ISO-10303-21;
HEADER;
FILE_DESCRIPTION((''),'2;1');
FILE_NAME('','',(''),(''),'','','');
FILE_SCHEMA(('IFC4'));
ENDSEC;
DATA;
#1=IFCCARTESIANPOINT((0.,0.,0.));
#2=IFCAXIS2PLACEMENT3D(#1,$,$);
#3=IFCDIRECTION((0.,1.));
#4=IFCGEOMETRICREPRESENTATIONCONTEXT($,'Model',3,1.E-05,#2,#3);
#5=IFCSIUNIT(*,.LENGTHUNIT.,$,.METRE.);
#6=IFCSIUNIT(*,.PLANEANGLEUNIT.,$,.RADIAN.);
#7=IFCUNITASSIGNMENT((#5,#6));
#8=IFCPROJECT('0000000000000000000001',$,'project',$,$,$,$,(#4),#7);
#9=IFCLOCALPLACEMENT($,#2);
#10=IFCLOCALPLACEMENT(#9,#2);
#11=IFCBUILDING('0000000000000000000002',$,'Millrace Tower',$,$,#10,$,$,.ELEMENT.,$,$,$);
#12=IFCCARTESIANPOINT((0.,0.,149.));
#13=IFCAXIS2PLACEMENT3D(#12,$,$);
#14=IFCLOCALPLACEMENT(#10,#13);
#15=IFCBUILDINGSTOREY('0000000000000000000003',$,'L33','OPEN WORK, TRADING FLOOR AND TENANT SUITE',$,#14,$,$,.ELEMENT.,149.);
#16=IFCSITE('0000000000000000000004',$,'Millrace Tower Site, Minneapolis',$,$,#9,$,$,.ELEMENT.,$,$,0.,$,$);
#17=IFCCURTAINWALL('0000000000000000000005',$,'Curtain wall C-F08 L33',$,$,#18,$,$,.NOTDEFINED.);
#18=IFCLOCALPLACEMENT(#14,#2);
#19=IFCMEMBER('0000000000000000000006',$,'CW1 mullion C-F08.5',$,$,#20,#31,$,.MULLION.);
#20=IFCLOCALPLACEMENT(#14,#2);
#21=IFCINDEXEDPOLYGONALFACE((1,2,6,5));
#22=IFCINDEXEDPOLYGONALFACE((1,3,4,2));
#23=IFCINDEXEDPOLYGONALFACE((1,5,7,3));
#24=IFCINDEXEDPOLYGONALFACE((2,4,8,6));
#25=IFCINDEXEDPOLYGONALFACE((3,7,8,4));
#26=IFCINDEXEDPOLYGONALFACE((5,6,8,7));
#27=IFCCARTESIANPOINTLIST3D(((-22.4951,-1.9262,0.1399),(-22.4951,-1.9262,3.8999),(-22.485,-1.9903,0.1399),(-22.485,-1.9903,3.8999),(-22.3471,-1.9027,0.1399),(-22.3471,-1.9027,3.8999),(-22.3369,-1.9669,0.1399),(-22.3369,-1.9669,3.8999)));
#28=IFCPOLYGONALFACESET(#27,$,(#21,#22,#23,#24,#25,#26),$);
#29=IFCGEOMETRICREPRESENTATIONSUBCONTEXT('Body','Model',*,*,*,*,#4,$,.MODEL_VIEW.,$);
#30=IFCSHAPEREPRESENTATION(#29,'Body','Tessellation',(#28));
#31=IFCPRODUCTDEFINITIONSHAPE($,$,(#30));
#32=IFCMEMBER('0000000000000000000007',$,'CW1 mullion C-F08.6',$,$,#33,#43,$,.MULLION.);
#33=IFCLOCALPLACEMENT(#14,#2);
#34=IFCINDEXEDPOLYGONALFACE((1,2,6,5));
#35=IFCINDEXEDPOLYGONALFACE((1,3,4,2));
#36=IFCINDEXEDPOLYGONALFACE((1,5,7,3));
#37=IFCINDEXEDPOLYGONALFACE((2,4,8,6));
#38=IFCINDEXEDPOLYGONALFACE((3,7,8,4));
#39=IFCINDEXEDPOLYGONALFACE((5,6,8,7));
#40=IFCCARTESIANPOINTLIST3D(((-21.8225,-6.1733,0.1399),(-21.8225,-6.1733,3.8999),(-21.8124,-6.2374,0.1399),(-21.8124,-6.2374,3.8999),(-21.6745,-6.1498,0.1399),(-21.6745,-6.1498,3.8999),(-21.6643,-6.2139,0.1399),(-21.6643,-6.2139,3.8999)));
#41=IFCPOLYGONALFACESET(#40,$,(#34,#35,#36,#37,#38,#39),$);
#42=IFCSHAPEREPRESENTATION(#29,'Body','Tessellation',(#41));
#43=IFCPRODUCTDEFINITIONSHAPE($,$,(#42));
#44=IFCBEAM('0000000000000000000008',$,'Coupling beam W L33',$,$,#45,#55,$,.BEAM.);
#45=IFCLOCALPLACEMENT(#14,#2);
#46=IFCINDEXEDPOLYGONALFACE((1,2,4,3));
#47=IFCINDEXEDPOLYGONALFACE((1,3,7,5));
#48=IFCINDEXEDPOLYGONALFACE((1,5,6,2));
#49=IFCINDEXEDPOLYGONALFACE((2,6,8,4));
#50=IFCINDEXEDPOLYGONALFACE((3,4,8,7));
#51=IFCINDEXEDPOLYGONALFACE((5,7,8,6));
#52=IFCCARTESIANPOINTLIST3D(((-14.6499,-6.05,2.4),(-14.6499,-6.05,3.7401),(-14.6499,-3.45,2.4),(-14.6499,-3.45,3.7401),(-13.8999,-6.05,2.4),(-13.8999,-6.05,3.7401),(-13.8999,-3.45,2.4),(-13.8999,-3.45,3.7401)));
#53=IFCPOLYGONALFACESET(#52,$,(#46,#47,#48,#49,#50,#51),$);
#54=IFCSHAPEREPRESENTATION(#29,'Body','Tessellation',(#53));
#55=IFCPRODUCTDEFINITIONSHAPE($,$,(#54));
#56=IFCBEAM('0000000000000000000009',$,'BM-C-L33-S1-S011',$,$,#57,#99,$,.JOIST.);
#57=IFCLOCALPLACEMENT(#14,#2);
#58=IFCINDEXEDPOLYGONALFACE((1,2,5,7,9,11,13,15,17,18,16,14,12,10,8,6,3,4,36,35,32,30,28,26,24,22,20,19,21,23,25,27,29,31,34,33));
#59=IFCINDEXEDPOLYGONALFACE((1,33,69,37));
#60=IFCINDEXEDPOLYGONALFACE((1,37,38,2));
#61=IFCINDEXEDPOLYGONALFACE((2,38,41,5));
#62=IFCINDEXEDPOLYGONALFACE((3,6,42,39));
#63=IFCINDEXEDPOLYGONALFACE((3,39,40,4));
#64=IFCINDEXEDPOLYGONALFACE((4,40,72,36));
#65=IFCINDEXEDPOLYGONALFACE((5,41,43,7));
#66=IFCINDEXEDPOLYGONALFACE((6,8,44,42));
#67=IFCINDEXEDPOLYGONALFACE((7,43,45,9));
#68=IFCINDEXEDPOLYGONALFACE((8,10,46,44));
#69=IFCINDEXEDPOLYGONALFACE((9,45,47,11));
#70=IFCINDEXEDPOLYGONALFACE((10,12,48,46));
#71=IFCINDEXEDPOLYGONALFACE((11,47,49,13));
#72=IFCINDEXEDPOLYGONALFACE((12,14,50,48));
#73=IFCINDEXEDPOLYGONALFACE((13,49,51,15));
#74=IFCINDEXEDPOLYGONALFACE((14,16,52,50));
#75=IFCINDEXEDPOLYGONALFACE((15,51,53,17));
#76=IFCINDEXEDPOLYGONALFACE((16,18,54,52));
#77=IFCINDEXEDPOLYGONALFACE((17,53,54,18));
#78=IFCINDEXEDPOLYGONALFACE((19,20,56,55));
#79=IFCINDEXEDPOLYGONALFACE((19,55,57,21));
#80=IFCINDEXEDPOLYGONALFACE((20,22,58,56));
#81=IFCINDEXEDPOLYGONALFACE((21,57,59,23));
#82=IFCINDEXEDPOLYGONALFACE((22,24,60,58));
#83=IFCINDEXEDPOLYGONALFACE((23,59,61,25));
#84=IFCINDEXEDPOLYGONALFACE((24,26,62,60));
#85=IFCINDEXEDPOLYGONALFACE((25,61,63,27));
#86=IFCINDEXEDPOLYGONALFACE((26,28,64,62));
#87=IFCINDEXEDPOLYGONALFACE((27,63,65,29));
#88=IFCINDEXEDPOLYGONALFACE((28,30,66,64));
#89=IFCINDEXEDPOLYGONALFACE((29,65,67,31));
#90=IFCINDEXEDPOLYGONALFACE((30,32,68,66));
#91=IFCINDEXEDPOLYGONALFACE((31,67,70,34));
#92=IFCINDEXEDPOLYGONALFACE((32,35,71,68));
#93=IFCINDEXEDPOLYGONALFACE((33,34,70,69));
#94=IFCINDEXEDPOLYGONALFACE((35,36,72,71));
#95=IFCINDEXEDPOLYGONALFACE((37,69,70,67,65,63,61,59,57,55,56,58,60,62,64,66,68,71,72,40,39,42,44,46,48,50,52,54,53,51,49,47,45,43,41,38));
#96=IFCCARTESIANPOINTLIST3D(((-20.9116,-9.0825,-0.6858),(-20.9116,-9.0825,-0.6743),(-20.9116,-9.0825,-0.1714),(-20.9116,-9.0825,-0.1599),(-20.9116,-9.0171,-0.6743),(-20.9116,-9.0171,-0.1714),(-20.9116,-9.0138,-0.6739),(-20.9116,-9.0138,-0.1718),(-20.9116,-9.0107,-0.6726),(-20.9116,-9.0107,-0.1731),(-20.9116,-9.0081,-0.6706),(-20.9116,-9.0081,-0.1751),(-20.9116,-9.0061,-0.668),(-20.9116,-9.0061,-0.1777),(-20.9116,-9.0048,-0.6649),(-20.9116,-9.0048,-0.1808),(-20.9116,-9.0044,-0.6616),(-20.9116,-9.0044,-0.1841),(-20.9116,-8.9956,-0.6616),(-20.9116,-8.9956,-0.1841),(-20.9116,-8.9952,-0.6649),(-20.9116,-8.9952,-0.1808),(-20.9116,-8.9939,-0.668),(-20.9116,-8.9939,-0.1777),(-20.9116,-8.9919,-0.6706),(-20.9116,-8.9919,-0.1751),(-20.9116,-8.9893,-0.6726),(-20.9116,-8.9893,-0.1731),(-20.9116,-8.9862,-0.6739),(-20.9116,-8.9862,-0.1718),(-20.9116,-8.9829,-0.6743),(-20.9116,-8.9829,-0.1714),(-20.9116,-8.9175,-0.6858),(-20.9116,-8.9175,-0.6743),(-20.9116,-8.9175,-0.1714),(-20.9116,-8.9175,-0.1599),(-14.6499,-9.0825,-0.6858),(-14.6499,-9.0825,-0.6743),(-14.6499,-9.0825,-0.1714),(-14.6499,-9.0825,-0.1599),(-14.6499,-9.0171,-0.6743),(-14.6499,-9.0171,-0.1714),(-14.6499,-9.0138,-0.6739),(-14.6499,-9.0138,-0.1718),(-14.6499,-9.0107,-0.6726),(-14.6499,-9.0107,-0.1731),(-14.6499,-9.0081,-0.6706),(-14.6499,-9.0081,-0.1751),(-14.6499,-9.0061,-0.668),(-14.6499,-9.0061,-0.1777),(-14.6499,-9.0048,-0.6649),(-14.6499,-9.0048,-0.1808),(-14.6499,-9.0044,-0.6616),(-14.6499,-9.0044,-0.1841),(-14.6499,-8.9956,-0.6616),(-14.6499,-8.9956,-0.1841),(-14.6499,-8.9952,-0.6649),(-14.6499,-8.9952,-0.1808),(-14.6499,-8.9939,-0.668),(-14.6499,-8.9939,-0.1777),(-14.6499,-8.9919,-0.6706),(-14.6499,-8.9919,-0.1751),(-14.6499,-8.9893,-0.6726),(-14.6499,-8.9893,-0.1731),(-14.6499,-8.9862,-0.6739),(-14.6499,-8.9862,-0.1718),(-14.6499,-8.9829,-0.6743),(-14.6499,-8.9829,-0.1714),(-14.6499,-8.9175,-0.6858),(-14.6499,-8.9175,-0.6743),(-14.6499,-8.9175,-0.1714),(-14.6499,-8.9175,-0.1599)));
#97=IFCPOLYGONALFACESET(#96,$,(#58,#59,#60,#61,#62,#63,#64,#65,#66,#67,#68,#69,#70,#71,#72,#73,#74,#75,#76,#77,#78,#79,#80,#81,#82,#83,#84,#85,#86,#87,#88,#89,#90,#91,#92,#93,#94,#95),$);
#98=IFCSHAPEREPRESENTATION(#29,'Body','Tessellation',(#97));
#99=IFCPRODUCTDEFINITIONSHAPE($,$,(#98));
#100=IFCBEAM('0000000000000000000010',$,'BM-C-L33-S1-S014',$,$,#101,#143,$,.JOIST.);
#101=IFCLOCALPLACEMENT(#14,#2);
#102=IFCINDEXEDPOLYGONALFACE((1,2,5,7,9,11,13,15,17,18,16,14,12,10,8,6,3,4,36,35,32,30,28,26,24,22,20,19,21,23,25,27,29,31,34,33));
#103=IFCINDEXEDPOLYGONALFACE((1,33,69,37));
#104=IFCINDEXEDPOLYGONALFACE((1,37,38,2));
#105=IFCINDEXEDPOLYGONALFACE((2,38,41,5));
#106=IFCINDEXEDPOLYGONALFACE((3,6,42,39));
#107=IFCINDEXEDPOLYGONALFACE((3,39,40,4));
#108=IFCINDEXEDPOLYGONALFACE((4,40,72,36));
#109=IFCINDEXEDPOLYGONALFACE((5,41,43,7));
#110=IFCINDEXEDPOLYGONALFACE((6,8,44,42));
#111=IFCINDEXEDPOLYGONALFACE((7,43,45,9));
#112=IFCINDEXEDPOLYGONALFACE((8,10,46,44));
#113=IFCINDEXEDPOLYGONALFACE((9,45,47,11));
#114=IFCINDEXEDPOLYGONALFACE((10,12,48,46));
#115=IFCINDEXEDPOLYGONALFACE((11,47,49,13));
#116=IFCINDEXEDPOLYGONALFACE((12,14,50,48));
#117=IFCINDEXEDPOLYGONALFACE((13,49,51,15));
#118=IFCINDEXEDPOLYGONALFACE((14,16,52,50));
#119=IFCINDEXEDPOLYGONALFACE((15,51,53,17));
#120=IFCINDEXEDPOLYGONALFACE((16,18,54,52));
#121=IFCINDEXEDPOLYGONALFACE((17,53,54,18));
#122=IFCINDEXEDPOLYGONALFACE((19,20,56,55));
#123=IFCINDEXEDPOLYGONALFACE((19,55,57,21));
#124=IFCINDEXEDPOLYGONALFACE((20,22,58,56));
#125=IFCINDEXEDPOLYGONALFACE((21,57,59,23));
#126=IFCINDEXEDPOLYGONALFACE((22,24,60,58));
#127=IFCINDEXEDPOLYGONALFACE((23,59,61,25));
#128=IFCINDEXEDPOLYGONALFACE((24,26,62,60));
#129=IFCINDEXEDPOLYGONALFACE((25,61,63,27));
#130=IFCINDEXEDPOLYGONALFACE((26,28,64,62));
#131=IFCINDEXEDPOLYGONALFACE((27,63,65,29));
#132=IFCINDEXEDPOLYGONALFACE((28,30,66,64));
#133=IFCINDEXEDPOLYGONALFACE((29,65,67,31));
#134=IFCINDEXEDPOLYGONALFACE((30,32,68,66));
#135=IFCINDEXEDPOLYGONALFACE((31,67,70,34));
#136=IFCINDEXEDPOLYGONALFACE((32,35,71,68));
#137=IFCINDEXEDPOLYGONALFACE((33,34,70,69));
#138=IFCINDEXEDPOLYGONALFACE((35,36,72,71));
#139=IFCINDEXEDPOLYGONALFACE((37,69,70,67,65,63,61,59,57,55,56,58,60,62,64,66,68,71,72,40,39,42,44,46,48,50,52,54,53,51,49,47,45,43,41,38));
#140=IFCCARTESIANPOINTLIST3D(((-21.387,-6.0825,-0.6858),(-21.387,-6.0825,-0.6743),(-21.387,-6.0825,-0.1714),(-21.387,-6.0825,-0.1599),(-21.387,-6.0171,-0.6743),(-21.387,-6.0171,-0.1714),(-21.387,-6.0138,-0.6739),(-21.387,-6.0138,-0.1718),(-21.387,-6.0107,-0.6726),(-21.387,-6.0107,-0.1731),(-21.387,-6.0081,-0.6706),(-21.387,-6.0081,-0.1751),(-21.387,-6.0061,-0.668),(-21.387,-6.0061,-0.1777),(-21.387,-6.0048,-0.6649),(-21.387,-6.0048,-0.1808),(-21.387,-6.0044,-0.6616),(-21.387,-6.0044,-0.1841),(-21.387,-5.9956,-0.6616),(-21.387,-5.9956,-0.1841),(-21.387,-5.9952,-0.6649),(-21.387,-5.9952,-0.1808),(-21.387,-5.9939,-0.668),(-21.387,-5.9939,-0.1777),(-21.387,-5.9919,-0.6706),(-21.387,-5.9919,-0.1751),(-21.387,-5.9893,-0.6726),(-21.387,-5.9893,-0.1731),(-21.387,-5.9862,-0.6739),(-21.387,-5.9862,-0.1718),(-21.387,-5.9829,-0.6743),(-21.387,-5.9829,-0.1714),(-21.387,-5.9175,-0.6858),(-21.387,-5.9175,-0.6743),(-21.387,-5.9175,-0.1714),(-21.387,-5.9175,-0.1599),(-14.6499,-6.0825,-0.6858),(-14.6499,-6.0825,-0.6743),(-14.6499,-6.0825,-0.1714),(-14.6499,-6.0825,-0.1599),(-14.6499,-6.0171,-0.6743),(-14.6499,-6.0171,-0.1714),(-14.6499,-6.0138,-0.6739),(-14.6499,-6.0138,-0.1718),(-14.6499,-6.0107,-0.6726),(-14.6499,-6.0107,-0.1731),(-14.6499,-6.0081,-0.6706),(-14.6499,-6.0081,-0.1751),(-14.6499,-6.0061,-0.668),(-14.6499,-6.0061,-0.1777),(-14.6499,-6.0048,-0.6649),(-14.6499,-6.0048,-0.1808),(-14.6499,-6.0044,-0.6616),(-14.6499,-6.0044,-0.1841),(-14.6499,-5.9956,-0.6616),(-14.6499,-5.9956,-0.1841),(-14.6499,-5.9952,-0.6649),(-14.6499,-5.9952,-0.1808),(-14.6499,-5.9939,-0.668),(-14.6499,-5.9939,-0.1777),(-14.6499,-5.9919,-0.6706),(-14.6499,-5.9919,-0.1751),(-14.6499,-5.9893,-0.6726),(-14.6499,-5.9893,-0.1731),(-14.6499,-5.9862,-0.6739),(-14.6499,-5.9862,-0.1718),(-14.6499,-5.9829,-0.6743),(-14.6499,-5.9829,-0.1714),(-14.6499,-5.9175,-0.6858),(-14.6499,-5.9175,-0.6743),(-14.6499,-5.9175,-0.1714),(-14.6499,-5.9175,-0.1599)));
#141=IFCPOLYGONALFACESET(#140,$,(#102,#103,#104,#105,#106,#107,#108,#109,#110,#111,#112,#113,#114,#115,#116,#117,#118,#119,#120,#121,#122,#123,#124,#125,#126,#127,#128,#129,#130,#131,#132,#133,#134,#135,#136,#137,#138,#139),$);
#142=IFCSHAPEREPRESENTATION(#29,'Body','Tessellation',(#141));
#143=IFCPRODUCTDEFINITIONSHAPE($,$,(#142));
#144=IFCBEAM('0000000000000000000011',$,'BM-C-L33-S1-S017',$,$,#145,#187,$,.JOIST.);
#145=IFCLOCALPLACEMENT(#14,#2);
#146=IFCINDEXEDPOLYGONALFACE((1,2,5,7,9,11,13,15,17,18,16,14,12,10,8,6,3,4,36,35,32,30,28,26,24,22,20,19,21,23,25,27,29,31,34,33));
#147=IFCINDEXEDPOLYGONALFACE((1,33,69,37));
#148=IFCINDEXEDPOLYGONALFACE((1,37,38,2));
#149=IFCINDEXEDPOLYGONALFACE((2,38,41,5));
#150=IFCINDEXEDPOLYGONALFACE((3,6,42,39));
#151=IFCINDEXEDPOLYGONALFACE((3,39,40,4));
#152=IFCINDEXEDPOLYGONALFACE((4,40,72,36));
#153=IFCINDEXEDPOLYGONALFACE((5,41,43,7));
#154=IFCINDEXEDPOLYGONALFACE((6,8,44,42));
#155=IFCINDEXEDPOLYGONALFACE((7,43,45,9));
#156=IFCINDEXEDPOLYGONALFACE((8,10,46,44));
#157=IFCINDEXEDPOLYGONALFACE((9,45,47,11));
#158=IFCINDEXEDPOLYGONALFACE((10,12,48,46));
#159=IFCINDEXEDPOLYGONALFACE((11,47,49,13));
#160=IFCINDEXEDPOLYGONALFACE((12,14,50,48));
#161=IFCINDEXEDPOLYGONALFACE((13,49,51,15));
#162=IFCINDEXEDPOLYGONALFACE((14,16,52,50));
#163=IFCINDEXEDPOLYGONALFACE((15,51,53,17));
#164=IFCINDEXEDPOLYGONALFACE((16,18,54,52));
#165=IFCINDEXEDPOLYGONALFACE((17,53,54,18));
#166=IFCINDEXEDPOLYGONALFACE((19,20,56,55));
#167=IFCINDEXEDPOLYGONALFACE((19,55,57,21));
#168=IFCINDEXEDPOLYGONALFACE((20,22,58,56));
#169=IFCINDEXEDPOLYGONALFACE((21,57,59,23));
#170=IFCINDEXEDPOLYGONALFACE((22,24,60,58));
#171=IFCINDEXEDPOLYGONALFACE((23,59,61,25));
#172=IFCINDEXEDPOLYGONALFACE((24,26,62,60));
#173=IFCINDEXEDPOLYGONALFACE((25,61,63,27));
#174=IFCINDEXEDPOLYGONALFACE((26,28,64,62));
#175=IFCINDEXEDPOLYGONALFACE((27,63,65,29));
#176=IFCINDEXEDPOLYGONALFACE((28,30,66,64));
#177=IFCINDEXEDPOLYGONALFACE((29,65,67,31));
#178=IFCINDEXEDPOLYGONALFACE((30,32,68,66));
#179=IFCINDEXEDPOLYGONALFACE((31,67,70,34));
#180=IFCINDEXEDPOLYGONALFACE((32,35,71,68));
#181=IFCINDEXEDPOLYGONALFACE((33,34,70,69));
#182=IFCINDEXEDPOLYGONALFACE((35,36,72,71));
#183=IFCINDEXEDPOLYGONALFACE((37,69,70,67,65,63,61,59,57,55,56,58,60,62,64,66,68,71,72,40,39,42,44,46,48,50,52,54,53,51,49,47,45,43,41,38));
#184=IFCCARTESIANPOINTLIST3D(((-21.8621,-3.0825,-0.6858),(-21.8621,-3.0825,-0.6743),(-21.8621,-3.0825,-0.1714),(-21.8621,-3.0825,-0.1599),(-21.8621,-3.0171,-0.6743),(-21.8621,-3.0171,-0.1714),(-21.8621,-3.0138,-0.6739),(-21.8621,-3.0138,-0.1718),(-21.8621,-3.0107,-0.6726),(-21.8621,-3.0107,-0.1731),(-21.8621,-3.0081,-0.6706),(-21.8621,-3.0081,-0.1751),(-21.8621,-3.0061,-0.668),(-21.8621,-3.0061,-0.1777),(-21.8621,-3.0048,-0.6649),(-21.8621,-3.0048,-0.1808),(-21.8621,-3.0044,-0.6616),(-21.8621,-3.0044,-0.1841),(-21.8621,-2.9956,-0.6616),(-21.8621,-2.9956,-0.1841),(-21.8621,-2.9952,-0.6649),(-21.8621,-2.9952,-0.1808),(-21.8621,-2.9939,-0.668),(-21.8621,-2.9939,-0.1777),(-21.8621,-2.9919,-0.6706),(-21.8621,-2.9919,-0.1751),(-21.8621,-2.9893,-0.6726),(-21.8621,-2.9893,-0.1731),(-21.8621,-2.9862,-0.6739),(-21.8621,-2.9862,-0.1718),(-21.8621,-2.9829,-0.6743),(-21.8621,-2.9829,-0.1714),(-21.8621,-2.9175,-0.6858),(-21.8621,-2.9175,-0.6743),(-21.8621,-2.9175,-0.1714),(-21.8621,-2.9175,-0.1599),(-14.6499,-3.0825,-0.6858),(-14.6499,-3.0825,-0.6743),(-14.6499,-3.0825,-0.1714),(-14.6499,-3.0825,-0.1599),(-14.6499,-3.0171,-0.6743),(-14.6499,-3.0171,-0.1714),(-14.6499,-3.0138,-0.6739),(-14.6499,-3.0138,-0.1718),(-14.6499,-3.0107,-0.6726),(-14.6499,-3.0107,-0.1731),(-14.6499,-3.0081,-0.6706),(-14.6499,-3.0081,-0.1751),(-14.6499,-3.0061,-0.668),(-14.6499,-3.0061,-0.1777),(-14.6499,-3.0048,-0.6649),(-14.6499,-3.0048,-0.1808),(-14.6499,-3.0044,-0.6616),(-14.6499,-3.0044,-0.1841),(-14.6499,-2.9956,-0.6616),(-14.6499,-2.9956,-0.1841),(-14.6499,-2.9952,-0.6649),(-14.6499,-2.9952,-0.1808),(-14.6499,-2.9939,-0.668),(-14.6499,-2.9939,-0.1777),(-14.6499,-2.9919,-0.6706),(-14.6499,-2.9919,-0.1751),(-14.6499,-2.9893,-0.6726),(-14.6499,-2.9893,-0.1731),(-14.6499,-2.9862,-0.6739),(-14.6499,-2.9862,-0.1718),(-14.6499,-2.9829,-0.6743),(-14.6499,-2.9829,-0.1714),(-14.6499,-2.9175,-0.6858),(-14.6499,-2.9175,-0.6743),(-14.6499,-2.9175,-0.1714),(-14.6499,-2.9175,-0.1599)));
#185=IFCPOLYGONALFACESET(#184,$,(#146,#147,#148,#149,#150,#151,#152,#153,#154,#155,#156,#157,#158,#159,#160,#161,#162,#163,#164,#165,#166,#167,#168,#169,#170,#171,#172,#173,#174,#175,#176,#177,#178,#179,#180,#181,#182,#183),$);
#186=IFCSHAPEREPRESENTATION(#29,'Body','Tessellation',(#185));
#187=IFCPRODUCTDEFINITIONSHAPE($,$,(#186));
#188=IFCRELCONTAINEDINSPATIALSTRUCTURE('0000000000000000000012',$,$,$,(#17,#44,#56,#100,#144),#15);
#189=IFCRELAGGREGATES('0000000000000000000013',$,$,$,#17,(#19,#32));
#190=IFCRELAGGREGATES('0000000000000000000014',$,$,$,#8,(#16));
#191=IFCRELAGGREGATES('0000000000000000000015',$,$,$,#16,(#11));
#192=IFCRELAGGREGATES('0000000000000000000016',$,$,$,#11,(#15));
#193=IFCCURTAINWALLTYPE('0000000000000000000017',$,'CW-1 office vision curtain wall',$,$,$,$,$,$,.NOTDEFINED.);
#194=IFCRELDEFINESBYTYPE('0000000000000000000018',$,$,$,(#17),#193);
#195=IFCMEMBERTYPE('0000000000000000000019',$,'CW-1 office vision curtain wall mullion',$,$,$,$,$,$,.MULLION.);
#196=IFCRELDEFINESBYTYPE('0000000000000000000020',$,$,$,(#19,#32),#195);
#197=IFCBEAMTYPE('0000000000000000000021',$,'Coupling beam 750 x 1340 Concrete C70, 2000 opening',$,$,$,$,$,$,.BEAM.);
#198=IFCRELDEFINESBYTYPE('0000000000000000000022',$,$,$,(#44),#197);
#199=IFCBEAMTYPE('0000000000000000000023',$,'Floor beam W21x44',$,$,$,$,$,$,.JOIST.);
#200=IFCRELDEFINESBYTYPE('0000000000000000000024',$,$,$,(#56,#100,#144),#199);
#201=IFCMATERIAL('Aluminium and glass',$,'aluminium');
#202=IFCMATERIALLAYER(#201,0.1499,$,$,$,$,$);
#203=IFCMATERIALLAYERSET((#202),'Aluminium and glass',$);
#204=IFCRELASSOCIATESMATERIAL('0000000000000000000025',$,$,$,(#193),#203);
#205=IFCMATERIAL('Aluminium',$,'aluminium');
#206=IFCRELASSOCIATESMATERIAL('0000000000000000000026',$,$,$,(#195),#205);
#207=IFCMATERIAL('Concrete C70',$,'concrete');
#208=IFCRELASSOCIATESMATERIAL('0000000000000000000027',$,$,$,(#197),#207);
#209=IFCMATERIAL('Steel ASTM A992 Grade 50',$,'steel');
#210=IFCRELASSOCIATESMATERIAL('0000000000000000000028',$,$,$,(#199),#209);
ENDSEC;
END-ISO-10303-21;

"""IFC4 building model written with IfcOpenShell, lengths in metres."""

from ifc_helpers import new_model, si_unit, direction, frame, origin, origin_2d, place, context, subcontext, project, spatial, rectangle, i_section, extrude, material, layer, layer_set, material_profile, profile_set, type_object, element, aggregate, save


model = new_model("IFC4")

# Units and contexts
model_context = context("Model", 3, precision=1e-05, world=origin(), true_north=direction((0.0, 1.0)))
body_context = subcontext(model_context, "Body", "Model", "MODEL_VIEW")
ifc_project = project(units=[si_unit("LENGTHUNIT", "METRE"), si_unit("PLANEANGLEUNIT", "RADIAN")], contexts=[model_context])

# Site, building, storey
site_placement = place(None, origin())
site = spatial("IfcSite", under=ifc_project, at=site_placement, Name="Millrace Tower Site, Minneapolis", CompositionType="ELEMENT", RefElevation=0.0)
building_placement = place(site_placement, origin())
building = spatial("IfcBuilding", under=site, at=building_placement, Name="Millrace Tower", CompositionType="ELEMENT")
storey_placement = place(building_placement, frame((0.0, 0.0, 149.0)))
storey = spatial("IfcBuildingStorey", under=building, at=storey_placement, Name="L33", Description="OPEN WORK, TRADING FLOOR AND TENANT SUITE", CompositionType="ELEMENT", Elevation=149.0)

# Curtain wall, members
ifc_material_1 = material(Name="Aluminium and glass", Category="aluminium")
ifc_layer_1 = layer(ifc_material_1, 0.1499)
ifc_layer_set_1 = layer_set([ifc_layer_1], Name="Aluminium and glass")
curtain_wall_type = type_object("IfcCurtainWallType", Name="CW-1 office vision curtain wall", PredefinedType="NOTDEFINED", material=ifc_layer_set_1)
curtain_wall_placement = place(storey_placement, origin())
curtain_wall = element("IfcCurtainWall", 1, at=curtain_wall_placement, inside=storey, type_object=curtain_wall_type, Name="Curtain wall C-F08 L33", PredefinedType="NOTDEFINED")
ifc_material_2 = material(Name="Aluminium", Category="aluminium")
ifc_material_profile_1 = material_profile(ifc_material_2, rectangle(XDim=0.0649, YDim=0.1499, at=origin_2d()))
ifc_profile_set_1 = profile_set([ifc_material_profile_1], Name="Aluminium")
member_type = type_object("IfcMemberType", Name="CW-1 office vision curtain wall mullion", PredefinedType="MULLION", material=ifc_profile_set_1)
member_1_placement = place(storey_placement, frame((-22.416, -1.9465, 0.1399), z_axis=(0.0, 0.0, 1.0), x_axis=(0.156434, -0.987688, 0.0)))
member_1 = element("IfcMember", 2, at=member_1_placement, type_object=member_type, Name="CW1 mullion C-F08.5", PredefinedType="MULLION", context=body_context, shape_type="SweptSolid", body=[
    extrude(rectangle(XDim=0.0649, YDim=0.1499, at=origin_2d()), origin(), (0.0, 0.0, 1.0), 3.76),
])
member_2_placement = place(storey_placement, frame((-21.7434, -6.1936, 0.1399), z_axis=(0.0, 0.0, 1.0), x_axis=(0.156434, -0.987688, 0.0)))
member_2 = element("IfcMember", 3, at=member_2_placement, type_object=member_type, Name="CW1 mullion C-F08.6", PredefinedType="MULLION", context=body_context, shape_type="SweptSolid", body=[
    extrude(rectangle(XDim=0.0649, YDim=0.1499, at=origin_2d()), origin(), (0.0, 0.0, 1.0), 3.76),
])
aggregate(curtain_wall, [member_1, member_2])

# Beams
ifc_material_3 = material(Name="Concrete C70", Category="concrete")
ifc_material_profile_2 = material_profile(ifc_material_3, rectangle(XDim=0.75, YDim=1.3401, at=origin_2d()))
ifc_profile_set_2 = profile_set([ifc_material_profile_2], Name="Concrete C70")
beam_type_1 = type_object("IfcBeamType", Name="Coupling beam 750 x 1340 Concrete C70, 2000 opening", PredefinedType="BEAM", material=ifc_profile_set_2)
beam_1_placement = place(storey_placement, frame((-14.2749, -6.05, 3.0701), z_axis=(0.0, 1.0, 0.0), x_axis=(-1.0, 0.0, 0.0)))
element("IfcBeam", 4, at=beam_1_placement, inside=storey, type_object=beam_type_1, Name="Coupling beam W L33", PredefinedType="BEAM", context=body_context, shape_type="SweptSolid", body=[
    extrude(rectangle(XDim=0.75, YDim=1.3401, at=origin_2d()), origin(), (0.0, 0.0, 1.0), 2.6001),
])
ifc_material_4 = material(Name="Steel ASTM A992 Grade 50", Category="steel")
ifc_material_profile_3 = material_profile(ifc_material_4, i_section(OverallWidth=0.165, OverallDepth=0.5259, WebThickness=0.0088, FlangeThickness=0.0115, FilletRadius=0.0127, at=origin_2d()))
ifc_profile_set_3 = profile_set([ifc_material_profile_3], Name="Steel ASTM A992 Grade 50")
beam_type_2 = type_object("IfcBeamType", Name="Floor beam W21x44", PredefinedType="JOIST", material=ifc_profile_set_3)
beam_2_placement = place(storey_placement, frame((-20.9116, -9.0, -0.4229), z_axis=(1.0, 0.0, 0.0), x_axis=(0.0, 1.0, 0.0)))
element("IfcBeam", 5, at=beam_2_placement, inside=storey, type_object=beam_type_2, Name="BM-C-L33-S1-S011", PredefinedType="JOIST", context=body_context, shape_type="SweptSolid", body=[
    extrude(i_section(OverallWidth=0.165, OverallDepth=0.5259, WebThickness=0.0088, FlangeThickness=0.0115, FilletRadius=0.0127, at=origin_2d()), origin(), (0.0, 0.0, 1.0), 6.2617),
])
beam_3_placement = place(storey_placement, frame((-21.387, -6.0, -0.4229), z_axis=(1.0, 0.0, 0.0), x_axis=(0.0, 1.0, 0.0)))
element("IfcBeam", 6, at=beam_3_placement, inside=storey, type_object=beam_type_2, Name="BM-C-L33-S1-S014", PredefinedType="JOIST", context=body_context, shape_type="SweptSolid", body=[
    extrude(i_section(OverallWidth=0.165, OverallDepth=0.5259, WebThickness=0.0088, FlangeThickness=0.0115, FilletRadius=0.0127, at=origin_2d()), origin(), (0.0, 0.0, 1.0), 6.7371),
])
beam_4_placement = place(storey_placement, frame((-21.8621, -3.0, -0.4229), z_axis=(1.0, 0.0, 0.0), x_axis=(0.0, 1.0, 0.0)))
element("IfcBeam", 7, at=beam_4_placement, inside=storey, type_object=beam_type_2, Name="BM-C-L33-S1-S017", PredefinedType="JOIST", context=body_context, shape_type="SweptSolid", body=[
    extrude(i_section(OverallWidth=0.165, OverallDepth=0.5259, WebThickness=0.0088, FlangeThickness=0.0115, FilletRadius=0.0127, at=origin_2d()), origin(), (0.0, 0.0, 1.0), 7.2122),
])

save(model, "model.ifc")
